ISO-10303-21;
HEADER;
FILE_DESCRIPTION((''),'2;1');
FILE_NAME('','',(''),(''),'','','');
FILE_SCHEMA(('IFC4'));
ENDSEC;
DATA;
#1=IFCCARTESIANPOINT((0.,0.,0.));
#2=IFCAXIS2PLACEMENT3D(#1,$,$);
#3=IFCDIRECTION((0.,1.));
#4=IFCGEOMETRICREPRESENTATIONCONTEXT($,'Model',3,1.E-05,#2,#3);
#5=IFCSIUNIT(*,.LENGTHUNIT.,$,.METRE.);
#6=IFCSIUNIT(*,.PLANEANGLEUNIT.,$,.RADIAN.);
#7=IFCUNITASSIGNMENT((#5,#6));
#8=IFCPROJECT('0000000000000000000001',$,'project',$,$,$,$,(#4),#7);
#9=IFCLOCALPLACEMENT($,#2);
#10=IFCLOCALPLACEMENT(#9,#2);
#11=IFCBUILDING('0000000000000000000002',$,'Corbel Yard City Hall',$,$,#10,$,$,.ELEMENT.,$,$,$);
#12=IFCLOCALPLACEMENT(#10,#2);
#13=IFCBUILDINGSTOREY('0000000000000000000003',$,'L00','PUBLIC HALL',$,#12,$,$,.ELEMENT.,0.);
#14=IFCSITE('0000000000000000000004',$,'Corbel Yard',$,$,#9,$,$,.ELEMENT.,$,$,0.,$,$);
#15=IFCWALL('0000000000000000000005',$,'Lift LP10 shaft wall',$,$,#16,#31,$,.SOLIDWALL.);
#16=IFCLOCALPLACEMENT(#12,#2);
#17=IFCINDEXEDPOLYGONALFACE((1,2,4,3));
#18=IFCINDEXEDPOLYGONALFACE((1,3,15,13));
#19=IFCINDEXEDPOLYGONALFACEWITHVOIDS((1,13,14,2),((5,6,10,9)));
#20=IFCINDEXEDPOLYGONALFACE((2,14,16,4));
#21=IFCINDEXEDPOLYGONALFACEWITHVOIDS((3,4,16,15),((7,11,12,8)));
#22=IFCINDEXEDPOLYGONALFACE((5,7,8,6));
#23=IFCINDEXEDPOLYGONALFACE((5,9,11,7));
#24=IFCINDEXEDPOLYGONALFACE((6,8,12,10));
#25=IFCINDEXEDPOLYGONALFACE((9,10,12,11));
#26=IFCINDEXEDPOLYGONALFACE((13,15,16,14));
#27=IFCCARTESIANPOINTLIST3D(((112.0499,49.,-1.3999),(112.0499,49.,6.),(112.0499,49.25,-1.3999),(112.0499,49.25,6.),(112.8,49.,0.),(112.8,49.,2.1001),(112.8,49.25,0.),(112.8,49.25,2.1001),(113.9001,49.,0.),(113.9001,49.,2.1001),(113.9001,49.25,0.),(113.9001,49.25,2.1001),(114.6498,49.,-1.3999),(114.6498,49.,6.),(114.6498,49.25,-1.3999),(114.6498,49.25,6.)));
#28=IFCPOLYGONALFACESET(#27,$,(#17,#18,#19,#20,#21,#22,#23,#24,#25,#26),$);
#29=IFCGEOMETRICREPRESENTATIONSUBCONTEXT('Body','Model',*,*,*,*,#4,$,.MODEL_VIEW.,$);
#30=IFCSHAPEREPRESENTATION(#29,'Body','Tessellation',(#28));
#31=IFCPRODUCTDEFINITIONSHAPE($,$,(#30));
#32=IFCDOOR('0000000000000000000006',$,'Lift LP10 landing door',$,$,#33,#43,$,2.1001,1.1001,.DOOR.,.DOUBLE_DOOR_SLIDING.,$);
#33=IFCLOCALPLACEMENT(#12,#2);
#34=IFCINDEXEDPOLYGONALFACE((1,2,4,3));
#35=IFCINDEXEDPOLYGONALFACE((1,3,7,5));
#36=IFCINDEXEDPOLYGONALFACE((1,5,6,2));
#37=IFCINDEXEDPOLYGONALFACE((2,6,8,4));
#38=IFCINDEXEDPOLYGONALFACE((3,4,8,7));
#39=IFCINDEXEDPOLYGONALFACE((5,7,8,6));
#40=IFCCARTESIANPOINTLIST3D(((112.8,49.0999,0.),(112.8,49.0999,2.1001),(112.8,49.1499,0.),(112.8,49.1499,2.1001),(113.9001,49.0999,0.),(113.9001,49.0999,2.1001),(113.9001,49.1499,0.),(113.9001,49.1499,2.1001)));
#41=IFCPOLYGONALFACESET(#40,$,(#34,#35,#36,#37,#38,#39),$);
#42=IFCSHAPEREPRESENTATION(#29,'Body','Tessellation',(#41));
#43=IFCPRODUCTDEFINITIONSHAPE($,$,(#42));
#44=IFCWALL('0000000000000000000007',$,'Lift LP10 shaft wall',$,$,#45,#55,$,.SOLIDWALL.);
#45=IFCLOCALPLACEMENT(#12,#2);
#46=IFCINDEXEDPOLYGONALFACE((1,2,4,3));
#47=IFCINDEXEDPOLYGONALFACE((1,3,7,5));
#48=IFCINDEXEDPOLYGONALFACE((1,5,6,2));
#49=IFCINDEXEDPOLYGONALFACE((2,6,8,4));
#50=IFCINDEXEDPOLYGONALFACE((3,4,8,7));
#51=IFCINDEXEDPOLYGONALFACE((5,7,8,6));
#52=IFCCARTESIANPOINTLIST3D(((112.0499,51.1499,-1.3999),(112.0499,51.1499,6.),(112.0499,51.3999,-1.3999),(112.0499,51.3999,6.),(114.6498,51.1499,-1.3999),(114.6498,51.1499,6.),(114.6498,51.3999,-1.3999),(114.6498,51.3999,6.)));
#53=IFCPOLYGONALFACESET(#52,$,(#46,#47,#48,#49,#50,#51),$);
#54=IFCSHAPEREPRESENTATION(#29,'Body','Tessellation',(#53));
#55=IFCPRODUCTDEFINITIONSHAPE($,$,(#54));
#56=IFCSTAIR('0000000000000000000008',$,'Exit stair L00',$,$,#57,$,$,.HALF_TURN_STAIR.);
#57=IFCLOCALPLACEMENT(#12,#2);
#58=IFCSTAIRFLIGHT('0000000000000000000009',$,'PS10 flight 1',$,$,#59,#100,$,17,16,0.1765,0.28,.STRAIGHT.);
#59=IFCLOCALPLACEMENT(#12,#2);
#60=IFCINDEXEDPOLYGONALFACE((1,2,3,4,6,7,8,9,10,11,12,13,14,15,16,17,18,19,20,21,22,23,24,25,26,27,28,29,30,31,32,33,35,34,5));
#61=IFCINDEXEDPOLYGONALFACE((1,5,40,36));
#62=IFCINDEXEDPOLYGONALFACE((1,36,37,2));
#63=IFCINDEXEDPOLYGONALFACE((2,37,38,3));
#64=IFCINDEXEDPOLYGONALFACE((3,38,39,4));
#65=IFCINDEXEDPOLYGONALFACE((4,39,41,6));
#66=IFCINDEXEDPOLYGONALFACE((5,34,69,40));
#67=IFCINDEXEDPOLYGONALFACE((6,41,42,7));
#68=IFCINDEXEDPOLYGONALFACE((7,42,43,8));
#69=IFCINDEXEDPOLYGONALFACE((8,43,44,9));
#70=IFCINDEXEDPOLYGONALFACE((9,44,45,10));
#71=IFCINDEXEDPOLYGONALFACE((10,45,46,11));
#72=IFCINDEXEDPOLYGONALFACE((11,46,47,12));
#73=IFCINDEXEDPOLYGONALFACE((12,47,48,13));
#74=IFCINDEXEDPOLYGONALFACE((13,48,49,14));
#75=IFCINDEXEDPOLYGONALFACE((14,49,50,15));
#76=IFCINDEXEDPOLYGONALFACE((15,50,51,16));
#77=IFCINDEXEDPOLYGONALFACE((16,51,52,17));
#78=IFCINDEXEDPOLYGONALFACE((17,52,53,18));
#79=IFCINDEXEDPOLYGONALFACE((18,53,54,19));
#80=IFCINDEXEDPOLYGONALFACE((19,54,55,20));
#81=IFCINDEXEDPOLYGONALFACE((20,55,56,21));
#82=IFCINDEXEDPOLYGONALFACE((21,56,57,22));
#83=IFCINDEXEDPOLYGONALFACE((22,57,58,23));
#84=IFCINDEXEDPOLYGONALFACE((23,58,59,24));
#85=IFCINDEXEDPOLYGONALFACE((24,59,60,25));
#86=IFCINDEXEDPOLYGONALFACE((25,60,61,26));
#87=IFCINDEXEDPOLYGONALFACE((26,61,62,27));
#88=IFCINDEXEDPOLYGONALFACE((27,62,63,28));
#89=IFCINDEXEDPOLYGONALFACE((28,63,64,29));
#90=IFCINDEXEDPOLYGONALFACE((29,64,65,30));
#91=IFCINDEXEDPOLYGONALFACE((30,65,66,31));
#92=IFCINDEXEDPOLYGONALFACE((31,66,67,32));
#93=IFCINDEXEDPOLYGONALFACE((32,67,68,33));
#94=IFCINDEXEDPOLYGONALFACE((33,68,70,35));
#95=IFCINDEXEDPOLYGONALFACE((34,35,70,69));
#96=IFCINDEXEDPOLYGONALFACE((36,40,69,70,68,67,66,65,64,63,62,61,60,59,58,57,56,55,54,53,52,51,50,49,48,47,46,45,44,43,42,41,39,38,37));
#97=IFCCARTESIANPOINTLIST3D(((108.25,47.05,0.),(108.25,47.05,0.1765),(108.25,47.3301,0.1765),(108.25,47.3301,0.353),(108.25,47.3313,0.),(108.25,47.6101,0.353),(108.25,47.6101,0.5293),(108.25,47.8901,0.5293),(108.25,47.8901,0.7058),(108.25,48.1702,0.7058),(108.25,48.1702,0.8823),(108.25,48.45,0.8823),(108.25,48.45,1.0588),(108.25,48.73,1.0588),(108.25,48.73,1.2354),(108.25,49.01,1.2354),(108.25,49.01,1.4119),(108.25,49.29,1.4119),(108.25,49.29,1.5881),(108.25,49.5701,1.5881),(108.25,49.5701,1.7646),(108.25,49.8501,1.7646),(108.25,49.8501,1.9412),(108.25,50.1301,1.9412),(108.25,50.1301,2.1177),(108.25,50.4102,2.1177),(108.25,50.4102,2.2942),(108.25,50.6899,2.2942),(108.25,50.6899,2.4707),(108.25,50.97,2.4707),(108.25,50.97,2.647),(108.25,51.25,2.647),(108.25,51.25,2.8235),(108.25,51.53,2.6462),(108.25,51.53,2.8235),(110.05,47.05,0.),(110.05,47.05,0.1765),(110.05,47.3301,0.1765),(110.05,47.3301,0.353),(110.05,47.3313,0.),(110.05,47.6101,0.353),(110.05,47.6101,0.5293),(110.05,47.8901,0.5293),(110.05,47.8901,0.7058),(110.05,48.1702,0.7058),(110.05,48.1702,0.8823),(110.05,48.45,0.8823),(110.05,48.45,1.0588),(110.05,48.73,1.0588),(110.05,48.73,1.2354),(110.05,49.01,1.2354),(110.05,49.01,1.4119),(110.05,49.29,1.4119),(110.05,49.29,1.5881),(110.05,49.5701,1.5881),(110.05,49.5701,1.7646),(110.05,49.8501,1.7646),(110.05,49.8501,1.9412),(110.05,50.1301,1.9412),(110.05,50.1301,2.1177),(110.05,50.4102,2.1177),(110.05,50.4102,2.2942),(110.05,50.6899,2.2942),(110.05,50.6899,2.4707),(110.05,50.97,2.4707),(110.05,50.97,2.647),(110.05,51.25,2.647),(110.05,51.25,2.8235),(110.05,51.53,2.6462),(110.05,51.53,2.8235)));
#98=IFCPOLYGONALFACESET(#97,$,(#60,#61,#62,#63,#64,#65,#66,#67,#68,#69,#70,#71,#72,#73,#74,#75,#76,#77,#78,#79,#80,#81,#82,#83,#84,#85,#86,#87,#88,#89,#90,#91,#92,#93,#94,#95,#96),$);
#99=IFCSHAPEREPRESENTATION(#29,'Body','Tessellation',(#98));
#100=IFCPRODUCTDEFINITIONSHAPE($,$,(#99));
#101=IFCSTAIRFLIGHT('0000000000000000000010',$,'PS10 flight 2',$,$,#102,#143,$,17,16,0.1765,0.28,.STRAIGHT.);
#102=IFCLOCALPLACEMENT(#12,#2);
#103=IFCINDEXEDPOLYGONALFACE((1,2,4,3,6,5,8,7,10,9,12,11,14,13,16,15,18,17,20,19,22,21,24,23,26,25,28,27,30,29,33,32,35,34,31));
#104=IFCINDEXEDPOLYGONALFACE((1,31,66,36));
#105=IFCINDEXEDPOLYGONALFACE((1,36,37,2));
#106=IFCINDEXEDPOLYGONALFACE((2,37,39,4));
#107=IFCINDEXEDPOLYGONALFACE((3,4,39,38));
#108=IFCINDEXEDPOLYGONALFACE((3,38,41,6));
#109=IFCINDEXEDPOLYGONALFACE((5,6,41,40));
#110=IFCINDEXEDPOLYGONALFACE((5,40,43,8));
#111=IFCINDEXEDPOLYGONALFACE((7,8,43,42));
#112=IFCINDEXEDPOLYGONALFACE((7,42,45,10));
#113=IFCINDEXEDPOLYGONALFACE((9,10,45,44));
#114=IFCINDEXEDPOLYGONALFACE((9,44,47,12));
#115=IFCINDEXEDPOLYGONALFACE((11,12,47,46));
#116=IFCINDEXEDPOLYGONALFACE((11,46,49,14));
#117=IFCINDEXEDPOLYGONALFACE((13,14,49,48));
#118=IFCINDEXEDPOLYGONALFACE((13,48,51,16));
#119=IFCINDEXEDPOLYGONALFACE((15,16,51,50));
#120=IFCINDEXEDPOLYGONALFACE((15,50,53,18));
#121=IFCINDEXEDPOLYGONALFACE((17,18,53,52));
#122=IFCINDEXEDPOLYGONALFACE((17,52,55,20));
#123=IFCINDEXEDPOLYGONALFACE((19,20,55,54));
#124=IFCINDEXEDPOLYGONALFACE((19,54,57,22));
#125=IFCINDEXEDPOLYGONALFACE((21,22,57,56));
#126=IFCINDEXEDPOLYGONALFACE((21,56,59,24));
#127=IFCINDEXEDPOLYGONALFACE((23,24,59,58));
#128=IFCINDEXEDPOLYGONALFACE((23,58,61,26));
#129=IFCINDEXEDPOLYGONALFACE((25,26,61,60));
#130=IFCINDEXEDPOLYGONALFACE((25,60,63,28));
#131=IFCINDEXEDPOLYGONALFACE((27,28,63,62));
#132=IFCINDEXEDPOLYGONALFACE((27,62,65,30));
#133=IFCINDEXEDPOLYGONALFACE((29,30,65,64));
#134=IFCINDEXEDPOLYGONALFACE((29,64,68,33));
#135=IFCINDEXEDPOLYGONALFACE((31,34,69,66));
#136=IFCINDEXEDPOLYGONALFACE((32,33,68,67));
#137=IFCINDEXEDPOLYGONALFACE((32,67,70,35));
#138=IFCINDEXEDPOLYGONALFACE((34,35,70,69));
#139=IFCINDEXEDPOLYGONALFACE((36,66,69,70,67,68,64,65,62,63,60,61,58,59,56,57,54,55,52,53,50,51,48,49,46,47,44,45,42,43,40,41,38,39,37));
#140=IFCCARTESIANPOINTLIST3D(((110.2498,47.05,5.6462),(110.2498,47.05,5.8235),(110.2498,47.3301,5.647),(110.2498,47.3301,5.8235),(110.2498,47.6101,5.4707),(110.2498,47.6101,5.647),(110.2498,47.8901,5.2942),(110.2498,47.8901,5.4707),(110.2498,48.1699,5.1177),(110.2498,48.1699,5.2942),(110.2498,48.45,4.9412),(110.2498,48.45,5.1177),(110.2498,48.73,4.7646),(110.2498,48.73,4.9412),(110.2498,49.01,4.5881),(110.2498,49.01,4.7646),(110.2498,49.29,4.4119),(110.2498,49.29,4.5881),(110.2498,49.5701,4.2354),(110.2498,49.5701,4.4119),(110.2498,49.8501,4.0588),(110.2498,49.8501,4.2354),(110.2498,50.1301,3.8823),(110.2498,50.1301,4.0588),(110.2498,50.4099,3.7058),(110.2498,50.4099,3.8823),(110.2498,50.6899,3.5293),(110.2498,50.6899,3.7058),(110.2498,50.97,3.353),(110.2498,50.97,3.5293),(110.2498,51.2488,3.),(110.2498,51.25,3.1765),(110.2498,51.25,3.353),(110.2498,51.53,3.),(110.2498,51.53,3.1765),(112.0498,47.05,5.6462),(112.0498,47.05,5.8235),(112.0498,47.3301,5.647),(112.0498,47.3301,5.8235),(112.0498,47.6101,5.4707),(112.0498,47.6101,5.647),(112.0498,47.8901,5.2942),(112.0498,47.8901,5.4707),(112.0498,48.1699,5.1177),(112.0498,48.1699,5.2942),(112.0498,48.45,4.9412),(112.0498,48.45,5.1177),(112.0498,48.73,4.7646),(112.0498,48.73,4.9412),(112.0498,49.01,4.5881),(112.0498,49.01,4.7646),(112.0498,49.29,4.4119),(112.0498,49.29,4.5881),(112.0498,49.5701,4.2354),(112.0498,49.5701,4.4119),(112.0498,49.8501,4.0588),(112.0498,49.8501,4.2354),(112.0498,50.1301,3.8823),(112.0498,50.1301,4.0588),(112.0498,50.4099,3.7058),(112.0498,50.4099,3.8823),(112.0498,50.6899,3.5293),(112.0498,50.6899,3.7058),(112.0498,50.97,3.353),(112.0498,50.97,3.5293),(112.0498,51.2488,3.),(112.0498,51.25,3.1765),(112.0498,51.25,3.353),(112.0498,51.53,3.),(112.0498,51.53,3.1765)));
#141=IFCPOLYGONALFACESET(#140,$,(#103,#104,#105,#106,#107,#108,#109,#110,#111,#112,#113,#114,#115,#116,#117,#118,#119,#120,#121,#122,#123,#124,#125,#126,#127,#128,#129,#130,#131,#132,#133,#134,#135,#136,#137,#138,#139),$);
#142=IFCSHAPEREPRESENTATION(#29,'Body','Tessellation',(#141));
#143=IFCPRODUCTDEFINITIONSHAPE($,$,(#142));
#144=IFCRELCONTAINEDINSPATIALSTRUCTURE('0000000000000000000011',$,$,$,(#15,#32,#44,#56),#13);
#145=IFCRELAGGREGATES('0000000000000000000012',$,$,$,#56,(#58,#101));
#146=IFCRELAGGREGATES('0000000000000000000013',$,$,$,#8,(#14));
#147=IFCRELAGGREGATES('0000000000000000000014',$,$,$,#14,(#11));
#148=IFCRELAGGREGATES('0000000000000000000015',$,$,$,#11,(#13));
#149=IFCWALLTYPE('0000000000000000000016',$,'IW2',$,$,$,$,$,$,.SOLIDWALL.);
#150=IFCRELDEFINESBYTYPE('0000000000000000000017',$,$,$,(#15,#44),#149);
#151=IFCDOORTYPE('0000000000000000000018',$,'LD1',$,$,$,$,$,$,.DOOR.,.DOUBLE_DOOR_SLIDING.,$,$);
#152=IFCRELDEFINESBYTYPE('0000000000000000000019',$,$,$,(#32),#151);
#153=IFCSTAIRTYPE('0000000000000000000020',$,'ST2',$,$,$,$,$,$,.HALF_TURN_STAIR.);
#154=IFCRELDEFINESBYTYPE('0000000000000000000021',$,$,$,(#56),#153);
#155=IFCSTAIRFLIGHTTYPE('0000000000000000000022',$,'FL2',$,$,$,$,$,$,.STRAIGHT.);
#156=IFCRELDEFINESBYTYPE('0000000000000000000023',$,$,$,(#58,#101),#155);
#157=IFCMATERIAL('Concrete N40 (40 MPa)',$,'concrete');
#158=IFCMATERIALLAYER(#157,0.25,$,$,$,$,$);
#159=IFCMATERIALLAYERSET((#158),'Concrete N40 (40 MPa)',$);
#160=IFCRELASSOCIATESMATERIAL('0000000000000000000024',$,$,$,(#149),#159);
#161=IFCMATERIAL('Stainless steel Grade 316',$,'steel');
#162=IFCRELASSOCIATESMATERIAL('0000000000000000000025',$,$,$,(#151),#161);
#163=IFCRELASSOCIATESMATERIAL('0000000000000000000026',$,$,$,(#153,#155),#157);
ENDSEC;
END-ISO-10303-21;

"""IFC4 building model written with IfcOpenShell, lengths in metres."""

from ifc_helpers import new_model, si_unit, direction, frame, frame_2d, origin, place, context, subcontext, project, spatial, polyline, rectangle, outline, extrude, material, layer, layer_set, type_object, element, fill, aggregate, save


model = new_model("IFC4")

# Units and contexts
model_context = context("Model", 3, precision=1e-05, world=origin(), true_north=direction((0.0, 1.0)))
body_context = subcontext(model_context, "Body", "Model", "MODEL_VIEW")
ifc_project = project(units=[si_unit("LENGTHUNIT", "METRE"), si_unit("PLANEANGLEUNIT", "RADIAN")], contexts=[model_context])

# Site, building, storey
site_placement = place(None, origin())
site = spatial("IfcSite", under=ifc_project, at=site_placement, Name="Corbel Yard", CompositionType="ELEMENT", RefElevation=0.0)
building_placement = place(site_placement, origin())
building = spatial("IfcBuilding", under=site, at=building_placement, Name="Corbel Yard City Hall", CompositionType="ELEMENT")
storey_placement = place(building_placement, origin())
storey = spatial("IfcBuildingStorey", under=building, at=storey_placement, Name="L00", Description="PUBLIC HALL", CompositionType="ELEMENT", Elevation=0.0)

# Shared definitions
ifc_material_1 = material(Name="Concrete N40 (40 MPa)", Category="concrete")

# Wall, opening, door
ifc_layer_1 = layer(ifc_material_1, 0.25)
ifc_layer_set_1 = layer_set([ifc_layer_1], Name="Concrete N40 (40 MPa)")
wall_type_1 = type_object("IfcWallType", Name="IW2", PredefinedType="SOLIDWALL", material=ifc_layer_set_1)
wall_1_placement = place(storey_placement, frame((112.05, 49.125, -1.3999), z_axis=(0.0, 0.0, 1.0), x_axis=(1.0, 0.0, 0.0)))
wall_1 = element("IfcWall", 1, at=wall_1_placement, inside=storey, type_object=wall_type_1, Name="Lift LP10 shaft wall", PredefinedType="SOLIDWALL", context=body_context, shape_type="SweptSolid", body=[
    extrude(rectangle(XDim=2.5999, YDim=0.25, at=frame_2d((1.2998, 0.0))), origin(), (0.0, 0.0, 1.0), 7.3999),
])
opening_1_placement = place(wall_1_placement, frame((0.75, 0.0, 1.3999)))
opening_1 = element("IfcOpeningElement", 2, at=opening_1_placement, cuts=wall_1, PredefinedType="OPENING", context=body_context, shape_type="SweptSolid", body=[
    extrude(rectangle(XDim=1.1001, YDim=2.1001, at=frame_2d((0.55, 1.05))), frame((0.0, 0.135, 0.0), z_axis=(0.0, -1.0, 0.0), x_axis=(1.0, 0.0, 0.0)), (0.0, 0.0, 1.0), 0.27),
])
ifc_material_2 = material(Name="Stainless steel Grade 316", Category="steel")
door_type_1 = type_object("IfcDoorType", Name="LD1", OperationType="DOUBLE_DOOR_SLIDING", PredefinedType="DOOR", material=ifc_material_2)
door_1_placement = place(opening_1_placement, origin())
door_1 = element("IfcDoor", 3, at=door_1_placement, inside=storey, type_object=door_type_1, Name="Lift LP10 landing door", OperationType="DOUBLE_DOOR_SLIDING", OverallHeight=2.1001, OverallWidth=1.1001, PredefinedType="DOOR", context=body_context, shape_type="SweptSolid", body=[
    extrude(rectangle(XDim=1.1001, YDim=2.1001, at=frame_2d((0.55, 1.05))), frame((0.0, 0.0249, 0.0), z_axis=(0.0, -1.0, 0.0), x_axis=(1.0, 0.0, 0.0)), (0.0, 0.0, 1.0), 0.05),
])
fill(opening_1, door_1)

# Wall
wall_2_placement = place(storey_placement, frame((112.05, 51.2749, -1.3999), z_axis=(0.0, 0.0, 1.0), x_axis=(1.0, 0.0, 0.0)))
element("IfcWall", 4, at=wall_2_placement, inside=storey, type_object=wall_type_1, Name="Lift LP10 shaft wall", PredefinedType="SOLIDWALL", context=body_context, shape_type="SweptSolid", body=[
    extrude(rectangle(XDim=2.5999, YDim=0.25, at=frame_2d((1.2998, 0.0))), origin(), (0.0, 0.0, 1.0), 7.3999),
])

# Stair, stair flights
stair_type = type_object("IfcStairType", Name="ST2", PredefinedType="HALF_TURN_STAIR", material=ifc_material_1)
stair_placement = place(storey_placement, origin())
stair = element("IfcStair", 5, at=stair_placement, inside=storey, type_object=stair_type, Name="Exit stair L00", PredefinedType="HALF_TURN_STAIR")
stair_flight_type = type_object("IfcStairFlightType", Name="FL2", PredefinedType="STRAIGHT", material=ifc_material_1)
stair_flight_1_placement = place(storey_placement, frame((109.1499, 47.05, 0.0), z_axis=(0.0, 0.0, 1.0), x_axis=(0.0, 1.0, 0.0)))
stair_flight_1 = element("IfcStairFlight", 6, at=stair_flight_1_placement, type_object=stair_flight_type, Name="PS10 flight 1", NumberOfRisers=17, NumberOfTreads=16, PredefinedType="STRAIGHT", RiserHeight=0.1765, TreadLength=0.28, context=body_context, shape_type="SweptSolid", body=[
    extrude(outline(polyline([(0.0, 0.0), (0.0, 0.1765), (0.28, 0.1765), (0.28, 0.353), (0.5601, 0.353), (0.5601, 0.5293), (0.8401, 0.5293), (0.8401, 0.7058), (1.1201, 0.7058), (1.1201, 0.8823), (1.3999, 0.8823), (1.3999, 1.0588), (1.6799, 1.0588), (1.6799, 1.2354), (1.96, 1.2354), (1.96, 1.4119), (2.24, 1.4119), (2.24, 1.5881), (2.52, 1.5881), (2.52, 1.7646), (2.8, 1.7646), (2.8, 1.9412), (3.0801, 1.9412), (3.0801, 2.1177), (3.3601, 2.1177), (3.3601, 2.2942), (3.6399, 2.2942), (3.6399, 2.4707), (3.9199, 2.4707), (3.9199, 2.647), (4.2, 2.647), (4.2, 2.8235), (4.48, 2.8235), (4.48, 3.0), (4.48, 2.6462), (0.2812, 0.0), (0.0, 0.0)])), frame((0.0, 0.8999, 0.0), z_axis=(0.0, -1.0, 0.0), x_axis=(1.0, 0.0, 0.0)), (0.0, 0.0, 1.0), 1.8),
])
stair_flight_2_placement = place(storey_placement, frame((111.1499, 51.53, 3.0), z_axis=(0.0, 0.0, 1.0), x_axis=(0.0, -1.0, 0.0)))
stair_flight_2 = element("IfcStairFlight", 7, at=stair_flight_2_placement, type_object=stair_flight_type, Name="PS10 flight 2", NumberOfRisers=17, NumberOfTreads=16, PredefinedType="STRAIGHT", RiserHeight=0.1765, TreadLength=0.28, context=body_context, shape_type="SweptSolid", body=[
    extrude(outline(polyline([(0.0, 0.0), (0.0, 0.1765), (0.28, 0.1765), (0.28, 0.353), (0.5601, 0.353), (0.5601, 0.5293), (0.8401, 0.5293), (0.8401, 0.7058), (1.1201, 0.7058), (1.1201, 0.8823), (1.3999, 0.8823), (1.3999, 1.0588), (1.6799, 1.0588), (1.6799, 1.2354), (1.96, 1.2354), (1.96, 1.4119), (2.24, 1.4119), (2.24, 1.5881), (2.52, 1.5881), (2.52, 1.7646), (2.8, 1.7646), (2.8, 1.9412), (3.0801, 1.9412), (3.0801, 2.1177), (3.3601, 2.1177), (3.3601, 2.2942), (3.6399, 2.2942), (3.6399, 2.4707), (3.9199, 2.4707), (3.9199, 2.647), (4.2, 2.647), (4.2, 2.8235), (4.48, 2.8235), (4.48, 3.0), (4.48, 2.6462), (0.2812, 0.0), (0.0, 0.0)])), frame((0.0, 0.8999, 0.0), z_axis=(0.0, -1.0, 0.0), x_axis=(1.0, 0.0, 0.0)), (0.0, 0.0, 1.0), 1.8),
])
aggregate(stair, [stair_flight_1, stair_flight_2])

save(model, "model.ifc")
